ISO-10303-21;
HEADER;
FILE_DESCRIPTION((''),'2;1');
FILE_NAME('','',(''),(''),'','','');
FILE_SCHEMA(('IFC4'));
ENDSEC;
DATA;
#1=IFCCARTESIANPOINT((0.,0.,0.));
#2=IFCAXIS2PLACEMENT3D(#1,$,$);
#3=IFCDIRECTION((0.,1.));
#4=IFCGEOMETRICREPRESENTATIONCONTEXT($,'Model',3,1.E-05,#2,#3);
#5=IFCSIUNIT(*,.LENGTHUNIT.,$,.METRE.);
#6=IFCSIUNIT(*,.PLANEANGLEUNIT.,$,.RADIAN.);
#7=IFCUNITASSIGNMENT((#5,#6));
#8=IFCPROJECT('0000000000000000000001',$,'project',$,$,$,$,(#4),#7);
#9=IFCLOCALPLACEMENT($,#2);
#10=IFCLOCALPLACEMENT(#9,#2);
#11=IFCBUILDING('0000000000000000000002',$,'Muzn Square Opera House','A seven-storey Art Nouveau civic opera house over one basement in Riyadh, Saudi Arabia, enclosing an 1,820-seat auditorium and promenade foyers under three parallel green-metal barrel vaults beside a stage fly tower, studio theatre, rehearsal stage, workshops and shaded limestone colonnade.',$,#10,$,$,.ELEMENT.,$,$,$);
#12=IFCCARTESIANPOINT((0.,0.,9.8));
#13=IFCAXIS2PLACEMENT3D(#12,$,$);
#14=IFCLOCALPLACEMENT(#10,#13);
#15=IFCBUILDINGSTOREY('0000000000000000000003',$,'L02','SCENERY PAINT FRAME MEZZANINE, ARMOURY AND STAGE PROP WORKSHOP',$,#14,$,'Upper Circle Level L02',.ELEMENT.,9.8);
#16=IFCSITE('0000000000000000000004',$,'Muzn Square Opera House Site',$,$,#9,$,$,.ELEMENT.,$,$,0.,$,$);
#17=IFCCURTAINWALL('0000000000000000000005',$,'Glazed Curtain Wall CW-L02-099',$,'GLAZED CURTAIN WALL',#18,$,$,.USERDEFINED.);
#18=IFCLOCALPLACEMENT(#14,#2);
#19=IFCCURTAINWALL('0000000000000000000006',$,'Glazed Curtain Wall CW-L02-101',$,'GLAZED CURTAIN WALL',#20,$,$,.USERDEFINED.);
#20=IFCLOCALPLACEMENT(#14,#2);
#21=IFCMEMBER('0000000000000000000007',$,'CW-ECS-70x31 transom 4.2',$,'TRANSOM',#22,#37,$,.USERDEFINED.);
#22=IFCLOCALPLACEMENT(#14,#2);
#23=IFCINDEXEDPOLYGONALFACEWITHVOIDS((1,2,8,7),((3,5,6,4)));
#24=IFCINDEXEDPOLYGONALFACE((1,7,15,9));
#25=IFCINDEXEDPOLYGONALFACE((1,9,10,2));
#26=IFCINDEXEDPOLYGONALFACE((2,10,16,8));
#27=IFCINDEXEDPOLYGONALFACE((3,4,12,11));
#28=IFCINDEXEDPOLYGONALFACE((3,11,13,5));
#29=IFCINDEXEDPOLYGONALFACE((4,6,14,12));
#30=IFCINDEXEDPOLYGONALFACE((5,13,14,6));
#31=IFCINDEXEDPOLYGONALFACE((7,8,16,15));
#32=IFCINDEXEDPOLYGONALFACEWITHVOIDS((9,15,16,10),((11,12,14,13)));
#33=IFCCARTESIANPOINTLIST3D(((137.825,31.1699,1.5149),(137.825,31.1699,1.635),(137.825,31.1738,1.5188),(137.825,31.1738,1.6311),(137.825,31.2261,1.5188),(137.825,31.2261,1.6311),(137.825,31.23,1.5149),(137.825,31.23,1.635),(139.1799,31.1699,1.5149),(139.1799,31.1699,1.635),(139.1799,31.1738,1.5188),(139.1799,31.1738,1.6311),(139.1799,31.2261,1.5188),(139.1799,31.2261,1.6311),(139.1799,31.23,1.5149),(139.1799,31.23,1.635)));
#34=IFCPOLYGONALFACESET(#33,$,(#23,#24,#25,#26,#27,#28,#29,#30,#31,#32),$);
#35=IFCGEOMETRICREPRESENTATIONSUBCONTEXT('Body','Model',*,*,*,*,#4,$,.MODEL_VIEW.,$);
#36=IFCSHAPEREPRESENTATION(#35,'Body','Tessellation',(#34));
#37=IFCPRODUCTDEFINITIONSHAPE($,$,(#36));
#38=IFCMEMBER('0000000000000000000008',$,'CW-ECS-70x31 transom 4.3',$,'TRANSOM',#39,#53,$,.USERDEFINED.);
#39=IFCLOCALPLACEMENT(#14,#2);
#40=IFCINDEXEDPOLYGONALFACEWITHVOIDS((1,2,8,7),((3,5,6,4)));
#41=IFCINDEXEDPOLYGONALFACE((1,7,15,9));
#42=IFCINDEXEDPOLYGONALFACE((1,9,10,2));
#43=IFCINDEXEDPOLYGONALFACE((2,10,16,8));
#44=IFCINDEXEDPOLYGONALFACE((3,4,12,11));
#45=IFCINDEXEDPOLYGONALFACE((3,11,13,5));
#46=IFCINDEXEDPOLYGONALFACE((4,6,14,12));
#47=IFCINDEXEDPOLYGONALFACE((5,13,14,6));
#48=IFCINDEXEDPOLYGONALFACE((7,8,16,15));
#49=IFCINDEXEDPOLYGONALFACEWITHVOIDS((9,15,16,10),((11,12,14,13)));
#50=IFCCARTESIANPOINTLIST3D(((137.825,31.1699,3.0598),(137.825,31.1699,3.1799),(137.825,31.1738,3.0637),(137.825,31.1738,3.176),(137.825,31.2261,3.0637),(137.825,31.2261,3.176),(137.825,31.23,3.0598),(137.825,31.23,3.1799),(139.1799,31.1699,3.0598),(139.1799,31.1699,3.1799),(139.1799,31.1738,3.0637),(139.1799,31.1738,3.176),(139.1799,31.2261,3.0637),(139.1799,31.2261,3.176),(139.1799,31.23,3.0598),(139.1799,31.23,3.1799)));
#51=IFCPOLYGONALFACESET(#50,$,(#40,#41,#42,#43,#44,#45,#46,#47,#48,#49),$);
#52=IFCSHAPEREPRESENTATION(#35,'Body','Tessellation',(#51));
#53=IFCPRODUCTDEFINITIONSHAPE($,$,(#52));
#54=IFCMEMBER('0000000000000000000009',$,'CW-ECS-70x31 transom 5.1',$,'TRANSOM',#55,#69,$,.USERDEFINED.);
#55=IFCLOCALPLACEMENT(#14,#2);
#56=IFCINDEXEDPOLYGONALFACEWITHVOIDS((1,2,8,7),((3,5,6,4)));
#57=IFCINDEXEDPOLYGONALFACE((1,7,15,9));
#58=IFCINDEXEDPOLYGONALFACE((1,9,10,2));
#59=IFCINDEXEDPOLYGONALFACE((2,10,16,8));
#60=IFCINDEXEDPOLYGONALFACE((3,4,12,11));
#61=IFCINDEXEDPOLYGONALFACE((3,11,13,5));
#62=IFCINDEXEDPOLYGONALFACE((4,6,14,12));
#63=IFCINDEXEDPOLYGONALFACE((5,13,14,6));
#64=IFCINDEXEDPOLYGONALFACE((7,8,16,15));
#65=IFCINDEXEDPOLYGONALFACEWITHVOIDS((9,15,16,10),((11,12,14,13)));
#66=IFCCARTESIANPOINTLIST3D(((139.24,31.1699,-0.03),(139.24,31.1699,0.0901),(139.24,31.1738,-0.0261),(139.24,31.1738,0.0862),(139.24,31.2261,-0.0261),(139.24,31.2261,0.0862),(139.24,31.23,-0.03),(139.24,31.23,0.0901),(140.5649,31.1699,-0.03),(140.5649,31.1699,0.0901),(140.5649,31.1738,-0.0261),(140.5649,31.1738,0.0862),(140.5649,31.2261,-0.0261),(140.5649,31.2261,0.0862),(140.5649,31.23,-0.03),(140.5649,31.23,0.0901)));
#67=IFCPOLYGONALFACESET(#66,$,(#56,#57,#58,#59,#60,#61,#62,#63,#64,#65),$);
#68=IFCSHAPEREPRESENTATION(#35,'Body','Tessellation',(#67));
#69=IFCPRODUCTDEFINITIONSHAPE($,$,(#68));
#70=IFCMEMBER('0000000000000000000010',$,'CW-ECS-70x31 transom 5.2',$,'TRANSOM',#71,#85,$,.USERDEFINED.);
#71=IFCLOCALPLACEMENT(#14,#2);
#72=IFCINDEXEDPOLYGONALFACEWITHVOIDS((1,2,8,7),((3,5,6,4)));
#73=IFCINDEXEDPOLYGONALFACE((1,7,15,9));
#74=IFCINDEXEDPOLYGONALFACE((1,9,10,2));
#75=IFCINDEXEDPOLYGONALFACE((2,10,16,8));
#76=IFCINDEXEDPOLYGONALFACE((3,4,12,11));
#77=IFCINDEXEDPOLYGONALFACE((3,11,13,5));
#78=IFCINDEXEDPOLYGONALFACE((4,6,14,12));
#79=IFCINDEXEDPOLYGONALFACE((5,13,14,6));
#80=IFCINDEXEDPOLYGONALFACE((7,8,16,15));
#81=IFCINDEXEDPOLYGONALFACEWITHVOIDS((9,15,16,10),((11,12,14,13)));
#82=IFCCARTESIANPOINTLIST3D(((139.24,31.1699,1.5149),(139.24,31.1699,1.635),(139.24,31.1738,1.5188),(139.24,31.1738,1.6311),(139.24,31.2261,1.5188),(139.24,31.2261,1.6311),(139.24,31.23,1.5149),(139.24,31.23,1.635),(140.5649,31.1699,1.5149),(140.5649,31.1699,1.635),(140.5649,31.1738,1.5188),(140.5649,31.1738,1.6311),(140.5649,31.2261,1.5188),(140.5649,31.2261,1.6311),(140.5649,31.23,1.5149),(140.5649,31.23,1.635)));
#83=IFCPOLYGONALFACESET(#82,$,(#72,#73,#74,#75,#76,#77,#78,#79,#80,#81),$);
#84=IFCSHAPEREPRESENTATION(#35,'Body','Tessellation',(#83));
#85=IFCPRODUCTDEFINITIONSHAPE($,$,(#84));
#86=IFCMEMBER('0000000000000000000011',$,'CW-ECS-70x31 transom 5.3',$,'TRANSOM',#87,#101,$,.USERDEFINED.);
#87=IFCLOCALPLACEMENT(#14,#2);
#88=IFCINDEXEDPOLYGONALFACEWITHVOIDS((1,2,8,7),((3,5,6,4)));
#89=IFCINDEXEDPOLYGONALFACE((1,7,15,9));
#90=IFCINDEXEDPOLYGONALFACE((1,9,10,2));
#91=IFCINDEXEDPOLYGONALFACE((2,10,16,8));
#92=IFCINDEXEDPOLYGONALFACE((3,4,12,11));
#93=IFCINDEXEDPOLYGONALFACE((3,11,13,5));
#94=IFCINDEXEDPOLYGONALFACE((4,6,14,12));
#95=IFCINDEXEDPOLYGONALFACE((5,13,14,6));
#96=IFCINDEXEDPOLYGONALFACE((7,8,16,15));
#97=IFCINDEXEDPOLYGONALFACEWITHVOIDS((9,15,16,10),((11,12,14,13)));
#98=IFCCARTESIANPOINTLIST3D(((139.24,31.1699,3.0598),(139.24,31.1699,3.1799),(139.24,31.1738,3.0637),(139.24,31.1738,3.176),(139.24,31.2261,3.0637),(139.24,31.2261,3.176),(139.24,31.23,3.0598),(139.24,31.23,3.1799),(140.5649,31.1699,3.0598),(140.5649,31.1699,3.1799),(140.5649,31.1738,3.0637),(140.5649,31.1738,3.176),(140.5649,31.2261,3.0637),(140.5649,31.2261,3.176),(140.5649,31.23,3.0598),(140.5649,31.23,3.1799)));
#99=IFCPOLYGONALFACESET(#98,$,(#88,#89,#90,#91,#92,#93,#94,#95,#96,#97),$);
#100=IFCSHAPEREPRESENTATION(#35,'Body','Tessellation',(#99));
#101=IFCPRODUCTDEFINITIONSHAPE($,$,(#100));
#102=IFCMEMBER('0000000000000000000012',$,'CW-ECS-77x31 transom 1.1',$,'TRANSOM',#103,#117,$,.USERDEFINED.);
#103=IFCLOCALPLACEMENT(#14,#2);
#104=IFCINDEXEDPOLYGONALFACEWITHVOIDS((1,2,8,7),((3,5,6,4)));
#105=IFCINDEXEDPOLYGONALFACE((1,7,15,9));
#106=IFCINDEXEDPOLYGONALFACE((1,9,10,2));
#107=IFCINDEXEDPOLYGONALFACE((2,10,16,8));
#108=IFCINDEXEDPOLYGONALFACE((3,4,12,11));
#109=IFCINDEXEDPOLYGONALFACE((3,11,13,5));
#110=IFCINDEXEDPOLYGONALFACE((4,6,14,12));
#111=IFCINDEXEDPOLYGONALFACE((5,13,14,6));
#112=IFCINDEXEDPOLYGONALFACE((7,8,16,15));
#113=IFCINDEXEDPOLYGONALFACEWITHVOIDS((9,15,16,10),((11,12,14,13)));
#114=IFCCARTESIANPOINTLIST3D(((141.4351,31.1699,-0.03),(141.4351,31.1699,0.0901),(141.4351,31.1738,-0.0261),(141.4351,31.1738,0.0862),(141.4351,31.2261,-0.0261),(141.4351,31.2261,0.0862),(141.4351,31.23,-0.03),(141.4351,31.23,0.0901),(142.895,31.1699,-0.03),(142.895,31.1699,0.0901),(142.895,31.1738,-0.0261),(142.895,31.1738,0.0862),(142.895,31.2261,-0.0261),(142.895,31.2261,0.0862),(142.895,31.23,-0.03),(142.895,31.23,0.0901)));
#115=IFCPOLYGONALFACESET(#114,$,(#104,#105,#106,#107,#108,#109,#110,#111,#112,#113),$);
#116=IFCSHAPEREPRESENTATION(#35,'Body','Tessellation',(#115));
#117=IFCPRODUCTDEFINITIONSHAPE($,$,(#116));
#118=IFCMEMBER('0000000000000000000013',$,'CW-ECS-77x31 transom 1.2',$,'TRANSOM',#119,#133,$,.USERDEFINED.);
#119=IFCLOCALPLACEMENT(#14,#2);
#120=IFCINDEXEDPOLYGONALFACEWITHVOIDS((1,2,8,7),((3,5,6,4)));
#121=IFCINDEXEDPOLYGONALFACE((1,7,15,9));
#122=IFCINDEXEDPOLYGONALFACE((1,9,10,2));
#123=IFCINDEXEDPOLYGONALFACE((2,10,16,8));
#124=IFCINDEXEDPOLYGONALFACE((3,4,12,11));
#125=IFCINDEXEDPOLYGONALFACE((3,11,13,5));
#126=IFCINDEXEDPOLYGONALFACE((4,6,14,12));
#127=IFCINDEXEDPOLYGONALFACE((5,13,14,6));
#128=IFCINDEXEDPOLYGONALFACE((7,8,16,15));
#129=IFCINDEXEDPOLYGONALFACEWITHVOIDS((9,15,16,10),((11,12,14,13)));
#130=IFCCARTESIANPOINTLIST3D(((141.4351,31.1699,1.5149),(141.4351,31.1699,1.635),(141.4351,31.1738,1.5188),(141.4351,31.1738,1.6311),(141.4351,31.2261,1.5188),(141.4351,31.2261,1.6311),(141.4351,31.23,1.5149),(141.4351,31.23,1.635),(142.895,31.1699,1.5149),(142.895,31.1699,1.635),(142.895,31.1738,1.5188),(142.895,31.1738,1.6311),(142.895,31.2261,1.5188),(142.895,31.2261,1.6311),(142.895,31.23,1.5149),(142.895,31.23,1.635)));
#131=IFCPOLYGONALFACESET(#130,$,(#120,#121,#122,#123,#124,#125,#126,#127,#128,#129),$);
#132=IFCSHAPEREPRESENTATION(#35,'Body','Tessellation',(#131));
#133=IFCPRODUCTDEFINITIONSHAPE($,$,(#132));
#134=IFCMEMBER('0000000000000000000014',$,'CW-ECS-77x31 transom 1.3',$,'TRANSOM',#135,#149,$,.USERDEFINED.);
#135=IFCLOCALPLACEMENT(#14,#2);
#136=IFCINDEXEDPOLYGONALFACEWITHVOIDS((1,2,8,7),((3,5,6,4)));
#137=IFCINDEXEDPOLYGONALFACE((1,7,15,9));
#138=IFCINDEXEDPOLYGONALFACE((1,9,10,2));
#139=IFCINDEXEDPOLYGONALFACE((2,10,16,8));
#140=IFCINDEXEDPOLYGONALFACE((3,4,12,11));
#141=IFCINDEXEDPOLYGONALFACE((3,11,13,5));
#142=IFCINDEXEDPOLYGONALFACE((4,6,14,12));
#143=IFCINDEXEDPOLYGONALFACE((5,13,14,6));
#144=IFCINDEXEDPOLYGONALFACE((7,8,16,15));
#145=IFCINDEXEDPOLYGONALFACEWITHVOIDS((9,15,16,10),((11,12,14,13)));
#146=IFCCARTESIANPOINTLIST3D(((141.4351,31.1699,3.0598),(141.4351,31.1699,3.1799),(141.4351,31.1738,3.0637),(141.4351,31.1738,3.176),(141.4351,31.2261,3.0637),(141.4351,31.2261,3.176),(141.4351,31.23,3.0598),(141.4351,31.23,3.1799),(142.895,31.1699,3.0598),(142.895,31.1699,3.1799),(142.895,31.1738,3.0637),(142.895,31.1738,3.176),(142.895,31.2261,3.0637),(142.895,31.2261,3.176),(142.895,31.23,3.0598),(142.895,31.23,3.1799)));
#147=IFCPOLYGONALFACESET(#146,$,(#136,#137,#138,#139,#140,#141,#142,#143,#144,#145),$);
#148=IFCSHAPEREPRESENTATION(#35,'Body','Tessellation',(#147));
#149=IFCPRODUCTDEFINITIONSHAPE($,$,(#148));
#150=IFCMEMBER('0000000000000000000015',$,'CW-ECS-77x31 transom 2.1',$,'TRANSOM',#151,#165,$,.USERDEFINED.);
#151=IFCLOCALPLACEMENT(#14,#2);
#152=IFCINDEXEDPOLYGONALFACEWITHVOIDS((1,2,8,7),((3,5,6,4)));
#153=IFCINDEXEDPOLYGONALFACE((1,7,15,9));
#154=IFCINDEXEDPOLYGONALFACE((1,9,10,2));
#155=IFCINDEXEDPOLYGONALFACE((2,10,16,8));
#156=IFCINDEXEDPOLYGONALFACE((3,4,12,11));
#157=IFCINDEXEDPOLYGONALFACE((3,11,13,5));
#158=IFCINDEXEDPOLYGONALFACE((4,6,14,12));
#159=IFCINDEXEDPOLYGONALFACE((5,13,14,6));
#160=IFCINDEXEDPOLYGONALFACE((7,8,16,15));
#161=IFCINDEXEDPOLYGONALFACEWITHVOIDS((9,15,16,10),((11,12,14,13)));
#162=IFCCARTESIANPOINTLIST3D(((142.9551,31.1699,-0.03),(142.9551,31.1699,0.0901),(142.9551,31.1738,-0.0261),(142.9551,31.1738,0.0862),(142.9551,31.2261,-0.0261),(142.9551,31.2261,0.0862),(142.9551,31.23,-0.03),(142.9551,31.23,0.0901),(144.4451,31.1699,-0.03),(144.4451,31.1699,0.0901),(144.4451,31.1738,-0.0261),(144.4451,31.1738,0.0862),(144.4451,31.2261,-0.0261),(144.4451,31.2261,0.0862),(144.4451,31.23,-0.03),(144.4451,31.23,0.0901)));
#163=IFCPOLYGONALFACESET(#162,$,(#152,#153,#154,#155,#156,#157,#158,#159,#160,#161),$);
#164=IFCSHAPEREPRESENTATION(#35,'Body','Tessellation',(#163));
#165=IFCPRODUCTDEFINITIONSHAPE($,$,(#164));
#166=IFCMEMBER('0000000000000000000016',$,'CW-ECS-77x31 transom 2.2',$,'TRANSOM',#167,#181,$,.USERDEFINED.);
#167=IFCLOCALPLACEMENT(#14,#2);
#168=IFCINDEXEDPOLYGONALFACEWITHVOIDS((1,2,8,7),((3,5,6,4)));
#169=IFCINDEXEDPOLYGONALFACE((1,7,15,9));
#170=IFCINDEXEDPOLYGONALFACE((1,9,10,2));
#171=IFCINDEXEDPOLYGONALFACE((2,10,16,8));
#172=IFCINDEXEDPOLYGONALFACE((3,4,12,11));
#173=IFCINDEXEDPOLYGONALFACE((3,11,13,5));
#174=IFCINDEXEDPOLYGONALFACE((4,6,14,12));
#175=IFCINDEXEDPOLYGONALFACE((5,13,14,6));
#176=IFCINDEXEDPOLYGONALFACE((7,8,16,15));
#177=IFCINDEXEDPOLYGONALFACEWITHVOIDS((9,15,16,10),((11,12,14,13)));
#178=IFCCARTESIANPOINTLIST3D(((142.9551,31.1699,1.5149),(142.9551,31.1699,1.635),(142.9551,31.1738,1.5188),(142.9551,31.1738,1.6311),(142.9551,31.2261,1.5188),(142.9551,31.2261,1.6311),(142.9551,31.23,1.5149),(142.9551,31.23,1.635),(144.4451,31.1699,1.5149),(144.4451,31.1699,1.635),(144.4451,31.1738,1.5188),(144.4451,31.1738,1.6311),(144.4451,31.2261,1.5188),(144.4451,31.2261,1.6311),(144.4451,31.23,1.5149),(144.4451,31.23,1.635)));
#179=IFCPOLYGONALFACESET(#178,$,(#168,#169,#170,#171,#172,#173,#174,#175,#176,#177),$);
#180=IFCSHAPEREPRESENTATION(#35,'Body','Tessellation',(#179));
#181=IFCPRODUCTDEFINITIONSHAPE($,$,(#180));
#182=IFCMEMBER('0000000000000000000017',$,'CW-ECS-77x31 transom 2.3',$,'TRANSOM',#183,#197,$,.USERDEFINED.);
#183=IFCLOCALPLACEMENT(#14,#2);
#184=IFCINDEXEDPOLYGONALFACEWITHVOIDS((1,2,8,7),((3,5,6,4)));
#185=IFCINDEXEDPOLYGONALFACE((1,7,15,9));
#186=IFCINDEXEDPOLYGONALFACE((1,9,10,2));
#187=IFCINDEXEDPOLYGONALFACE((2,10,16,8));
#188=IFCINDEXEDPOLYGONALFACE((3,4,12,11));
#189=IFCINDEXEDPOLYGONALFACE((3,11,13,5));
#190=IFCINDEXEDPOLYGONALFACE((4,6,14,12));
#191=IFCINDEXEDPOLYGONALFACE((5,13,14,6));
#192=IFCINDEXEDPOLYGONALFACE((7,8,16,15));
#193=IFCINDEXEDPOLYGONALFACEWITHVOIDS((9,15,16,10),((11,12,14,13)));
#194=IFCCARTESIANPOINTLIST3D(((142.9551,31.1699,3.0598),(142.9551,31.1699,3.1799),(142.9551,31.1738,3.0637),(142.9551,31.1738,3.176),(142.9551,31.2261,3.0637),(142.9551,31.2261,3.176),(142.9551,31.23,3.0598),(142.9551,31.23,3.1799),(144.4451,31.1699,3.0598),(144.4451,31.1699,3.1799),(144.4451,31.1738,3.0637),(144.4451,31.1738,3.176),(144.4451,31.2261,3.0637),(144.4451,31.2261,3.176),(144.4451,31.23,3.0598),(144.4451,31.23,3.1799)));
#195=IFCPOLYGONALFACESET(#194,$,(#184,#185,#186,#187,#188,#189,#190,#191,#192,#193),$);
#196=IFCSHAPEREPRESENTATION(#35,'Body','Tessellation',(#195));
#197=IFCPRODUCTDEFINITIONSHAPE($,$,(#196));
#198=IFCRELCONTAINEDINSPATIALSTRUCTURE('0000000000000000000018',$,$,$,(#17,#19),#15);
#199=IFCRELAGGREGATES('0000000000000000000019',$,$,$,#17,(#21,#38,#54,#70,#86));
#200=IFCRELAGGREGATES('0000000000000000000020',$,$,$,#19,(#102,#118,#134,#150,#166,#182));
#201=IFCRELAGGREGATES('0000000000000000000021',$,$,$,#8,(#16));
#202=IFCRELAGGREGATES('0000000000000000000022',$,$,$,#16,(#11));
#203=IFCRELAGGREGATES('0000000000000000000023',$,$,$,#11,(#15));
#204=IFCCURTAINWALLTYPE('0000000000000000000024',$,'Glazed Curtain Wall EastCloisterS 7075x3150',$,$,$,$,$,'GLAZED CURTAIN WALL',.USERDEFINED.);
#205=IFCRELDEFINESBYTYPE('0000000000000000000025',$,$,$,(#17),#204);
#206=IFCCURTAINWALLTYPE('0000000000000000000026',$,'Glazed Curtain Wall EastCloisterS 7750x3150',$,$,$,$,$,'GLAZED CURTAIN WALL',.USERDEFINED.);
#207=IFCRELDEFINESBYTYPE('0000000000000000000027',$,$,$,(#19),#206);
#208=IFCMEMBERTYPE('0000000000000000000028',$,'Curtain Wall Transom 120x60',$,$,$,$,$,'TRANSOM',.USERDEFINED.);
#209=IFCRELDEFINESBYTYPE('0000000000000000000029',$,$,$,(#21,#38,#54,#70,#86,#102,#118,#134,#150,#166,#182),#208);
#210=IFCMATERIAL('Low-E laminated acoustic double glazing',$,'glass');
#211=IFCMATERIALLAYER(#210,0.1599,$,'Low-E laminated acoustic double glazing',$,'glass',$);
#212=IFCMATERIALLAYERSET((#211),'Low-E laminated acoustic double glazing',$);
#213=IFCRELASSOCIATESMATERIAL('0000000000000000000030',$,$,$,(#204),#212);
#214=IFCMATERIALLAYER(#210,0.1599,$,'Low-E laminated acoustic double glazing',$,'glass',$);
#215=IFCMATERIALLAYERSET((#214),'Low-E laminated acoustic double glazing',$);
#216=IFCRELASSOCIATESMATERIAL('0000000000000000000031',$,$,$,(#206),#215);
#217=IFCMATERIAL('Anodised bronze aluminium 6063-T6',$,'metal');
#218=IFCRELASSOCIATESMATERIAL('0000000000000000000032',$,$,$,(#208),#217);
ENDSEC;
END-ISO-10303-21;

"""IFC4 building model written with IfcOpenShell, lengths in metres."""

from ifc_helpers import new_model, si_unit, direction, frame, origin, origin_2d, place, context, subcontext, project, spatial, hollow_rectangle, extrude, material, layer, layer_set, material_profile, profile_set, type_object, element, aggregate, save


model = new_model("IFC4")

# Units and contexts
model_context = context("Model", 3, precision=1e-05, world=origin(), true_north=direction((0.0, 1.0)))
body_context = subcontext(model_context, "Body", "Model", "MODEL_VIEW")
ifc_project = project(units=[si_unit("LENGTHUNIT", "METRE"), si_unit("PLANEANGLEUNIT", "RADIAN")], contexts=[model_context])

# Site, building, storey
site_placement = place(None, origin())
site = spatial("IfcSite", under=ifc_project, at=site_placement, Name="Muzn Square Opera House Site", CompositionType="ELEMENT", RefElevation=0.0)
building_placement = place(site_placement, origin())
building = spatial("IfcBuilding", under=site, at=building_placement, Name="Muzn Square Opera House", Description="A seven-storey Art Nouveau civic opera house over one basement in Riyadh, Saudi Arabia, enclosing an 1,820-seat auditorium and promenade foyers under three parallel green-metal barrel vaults beside a stage fly tower, studio theatre, rehearsal stage, workshops and shaded limestone colonnade.", CompositionType="ELEMENT")
storey_placement = place(building_placement, frame((0.0, 0.0, 9.8)))
storey = spatial("IfcBuildingStorey", under=building, at=storey_placement, Name="L02", Description="SCENERY PAINT FRAME MEZZANINE, ARMOURY AND STAGE PROP WORKSHOP", LongName="Upper Circle Level L02", CompositionType="ELEMENT", Elevation=9.8)

# Curtain walls
ifc_material_1 = material(Name="Low-E laminated acoustic double glazing", Category="glass")
ifc_layer_1 = layer(ifc_material_1, 0.1599, Name="Low-E laminated acoustic double glazing", Category="glass")
ifc_layer_set_1 = layer_set([ifc_layer_1], Name="Low-E laminated acoustic double glazing")
curtain_wall_type_1 = type_object("IfcCurtainWallType", Name="Glazed Curtain Wall EastCloisterS 7075x3150", ElementType="GLAZED CURTAIN WALL", PredefinedType="USERDEFINED", material=ifc_layer_set_1)
curtain_wall_1_placement = place(storey_placement, origin())
curtain_wall_1 = element("IfcCurtainWall", 1, at=curtain_wall_1_placement, inside=storey, type_object=curtain_wall_type_1, Name="Glazed Curtain Wall CW-L02-099", ObjectType="GLAZED CURTAIN WALL", PredefinedType="USERDEFINED")
ifc_material_2 = material(Name="Anodised bronze aluminium 6063-T6", Category="metal")
ifc_layer_2 = layer(ifc_material_1, 0.1599, Name="Low-E laminated acoustic double glazing", Category="glass")
ifc_layer_set_2 = layer_set([ifc_layer_2], Name="Low-E laminated acoustic double glazing")
curtain_wall_type_2 = type_object("IfcCurtainWallType", Name="Glazed Curtain Wall EastCloisterS 7750x3150", ElementType="GLAZED CURTAIN WALL", PredefinedType="USERDEFINED", material=ifc_layer_set_2)
curtain_wall_2_placement = place(storey_placement, origin())
curtain_wall_2 = element("IfcCurtainWall", 2, at=curtain_wall_2_placement, inside=storey, type_object=curtain_wall_type_2, Name="Glazed Curtain Wall CW-L02-101", ObjectType="GLAZED CURTAIN WALL", PredefinedType="USERDEFINED")

# Members
ifc_material_profile_1 = material_profile(ifc_material_2, hollow_rectangle(XDim=0.0601, YDim=0.1201, WallThickness=0.0039, at=origin_2d()), Name="ALU 120x60x4", Category="metal")
ifc_profile_set_1 = profile_set([ifc_material_profile_1], Name="Anodised bronze aluminium 6063-T6")
member_type_1 = type_object("IfcMemberType", Name="Curtain Wall Transom 120x60", ElementType="TRANSOM", PredefinedType="USERDEFINED", material=ifc_profile_set_1)
member_1_placement = place(storey_placement, frame((137.825, 31.2, 1.575), z_axis=(1.0, 0.0, 0.0), x_axis=(0.0, 1.0, 0.0)))
member_1 = element("IfcMember", 3, at=member_1_placement, type_object=member_type_1, Name="CW-ECS-70x31 transom 4.2", ObjectType="TRANSOM", PredefinedType="USERDEFINED", context=body_context, shape_type="SweptSolid", body=[
    extrude(hollow_rectangle(XDim=0.0601, YDim=0.1201, WallThickness=0.0039, at=origin_2d()), origin(), (0.0, 0.0, 1.0), 1.355),
])
member_2_placement = place(storey_placement, frame((137.825, 31.2, 3.1199), z_axis=(1.0, 0.0, 0.0), x_axis=(0.0, 1.0, 0.0)))
member_2 = element("IfcMember", 4, at=member_2_placement, type_object=member_type_1, Name="CW-ECS-70x31 transom 4.3", ObjectType="TRANSOM", PredefinedType="USERDEFINED", context=body_context, shape_type="SweptSolid", body=[
    extrude(hollow_rectangle(XDim=0.0601, YDim=0.1201, WallThickness=0.0039, at=origin_2d()), origin(), (0.0, 0.0, 1.0), 1.355),
])
member_3_placement = place(storey_placement, frame((139.24, 31.2, 0.03), z_axis=(1.0, 0.0, 0.0), x_axis=(0.0, 1.0, 0.0)))
member_3 = element("IfcMember", 5, at=member_3_placement, type_object=member_type_1, Name="CW-ECS-70x31 transom 5.1", ObjectType="TRANSOM", PredefinedType="USERDEFINED", context=body_context, shape_type="SweptSolid", body=[
    extrude(hollow_rectangle(XDim=0.0601, YDim=0.1201, WallThickness=0.0039, at=origin_2d()), origin(), (0.0, 0.0, 1.0), 1.325),
])
member_4_placement = place(storey_placement, frame((139.24, 31.2, 1.575), z_axis=(1.0, 0.0, 0.0), x_axis=(0.0, 1.0, 0.0)))
member_4 = element("IfcMember", 6, at=member_4_placement, type_object=member_type_1, Name="CW-ECS-70x31 transom 5.2", ObjectType="TRANSOM", PredefinedType="USERDEFINED", context=body_context, shape_type="SweptSolid", body=[
    extrude(hollow_rectangle(XDim=0.0601, YDim=0.1201, WallThickness=0.0039, at=origin_2d()), origin(), (0.0, 0.0, 1.0), 1.325),
])
member_5_placement = place(storey_placement, frame((139.24, 31.2, 3.1199), z_axis=(1.0, 0.0, 0.0), x_axis=(0.0, 1.0, 0.0)))
member_5 = element("IfcMember", 7, at=member_5_placement, type_object=member_type_1, Name="CW-ECS-70x31 transom 5.3", ObjectType="TRANSOM", PredefinedType="USERDEFINED", context=body_context, shape_type="SweptSolid", body=[
    extrude(hollow_rectangle(XDim=0.0601, YDim=0.1201, WallThickness=0.0039, at=origin_2d()), origin(), (0.0, 0.0, 1.0), 1.325),
])
member_6_placement = place(storey_placement, frame((141.4351, 31.2, 0.03), z_axis=(1.0, 0.0, 0.0), x_axis=(0.0, 1.0, 0.0)))
member_6 = element("IfcMember", 8, at=member_6_placement, type_object=member_type_1, Name="CW-ECS-77x31 transom 1.1", ObjectType="TRANSOM", PredefinedType="USERDEFINED", context=body_context, shape_type="SweptSolid", body=[
    extrude(hollow_rectangle(XDim=0.0601, YDim=0.1201, WallThickness=0.0039, at=origin_2d()), origin(), (0.0, 0.0, 1.0), 1.46),
])
member_7_placement = place(storey_placement, frame((141.4351, 31.2, 1.575), z_axis=(1.0, 0.0, 0.0), x_axis=(0.0, 1.0, 0.0)))
member_7 = element("IfcMember", 9, at=member_7_placement, type_object=member_type_1, Name="CW-ECS-77x31 transom 1.2", ObjectType="TRANSOM", PredefinedType="USERDEFINED", context=body_context, shape_type="SweptSolid", body=[
    extrude(hollow_rectangle(XDim=0.0601, YDim=0.1201, WallThickness=0.0039, at=origin_2d()), origin(), (0.0, 0.0, 1.0), 1.46),
])
member_8_placement = place(storey_placement, frame((141.4351, 31.2, 3.1199), z_axis=(1.0, 0.0, 0.0), x_axis=(0.0, 1.0, 0.0)))
member_8 = element("IfcMember", 10, at=member_8_placement, type_object=member_type_1, Name="CW-ECS-77x31 transom 1.3", ObjectType="TRANSOM", PredefinedType="USERDEFINED", context=body_context, shape_type="SweptSolid", body=[
    extrude(hollow_rectangle(XDim=0.0601, YDim=0.1201, WallThickness=0.0039, at=origin_2d()), origin(), (0.0, 0.0, 1.0), 1.46),
])
member_9_placement = place(storey_placement, frame((142.9551, 31.2, 0.03), z_axis=(1.0, 0.0, 0.0), x_axis=(0.0, 1.0, 0.0)))
member_9 = element("IfcMember", 11, at=member_9_placement, type_object=member_type_1, Name="CW-ECS-77x31 transom 2.1", ObjectType="TRANSOM", PredefinedType="USERDEFINED", context=body_context, shape_type="SweptSolid", body=[
    extrude(hollow_rectangle(XDim=0.0601, YDim=0.1201, WallThickness=0.0039, at=origin_2d()), origin(), (0.0, 0.0, 1.0), 1.49),
])
member_10_placement = place(storey_placement, frame((142.9551, 31.2, 1.575), z_axis=(1.0, 0.0, 0.0), x_axis=(0.0, 1.0, 0.0)))
member_10 = element("IfcMember", 12, at=member_10_placement, type_object=member_type_1, Name="CW-ECS-77x31 transom 2.2", ObjectType="TRANSOM", PredefinedType="USERDEFINED", context=body_context, shape_type="SweptSolid", body=[
    extrude(hollow_rectangle(XDim=0.0601, YDim=0.1201, WallThickness=0.0039, at=origin_2d()), origin(), (0.0, 0.0, 1.0), 1.49),
])
member_11_placement = place(storey_placement, frame((142.9551, 31.2, 3.1199), z_axis=(1.0, 0.0, 0.0), x_axis=(0.0, 1.0, 0.0)))
member_11 = element("IfcMember", 13, at=member_11_placement, type_object=member_type_1, Name="CW-ECS-77x31 transom 2.3", ObjectType="TRANSOM", PredefinedType="USERDEFINED", context=body_context, shape_type="SweptSolid", body=[
    extrude(hollow_rectangle(XDim=0.0601, YDim=0.1201, WallThickness=0.0039, at=origin_2d()), origin(), (0.0, 0.0, 1.0), 1.49),
])

aggregate(curtain_wall_1, [member_1, member_2, member_3, member_4, member_5])
aggregate(curtain_wall_2, [member_6, member_7, member_8, member_9, member_10, member_11])

save(model, "model.ifc")
